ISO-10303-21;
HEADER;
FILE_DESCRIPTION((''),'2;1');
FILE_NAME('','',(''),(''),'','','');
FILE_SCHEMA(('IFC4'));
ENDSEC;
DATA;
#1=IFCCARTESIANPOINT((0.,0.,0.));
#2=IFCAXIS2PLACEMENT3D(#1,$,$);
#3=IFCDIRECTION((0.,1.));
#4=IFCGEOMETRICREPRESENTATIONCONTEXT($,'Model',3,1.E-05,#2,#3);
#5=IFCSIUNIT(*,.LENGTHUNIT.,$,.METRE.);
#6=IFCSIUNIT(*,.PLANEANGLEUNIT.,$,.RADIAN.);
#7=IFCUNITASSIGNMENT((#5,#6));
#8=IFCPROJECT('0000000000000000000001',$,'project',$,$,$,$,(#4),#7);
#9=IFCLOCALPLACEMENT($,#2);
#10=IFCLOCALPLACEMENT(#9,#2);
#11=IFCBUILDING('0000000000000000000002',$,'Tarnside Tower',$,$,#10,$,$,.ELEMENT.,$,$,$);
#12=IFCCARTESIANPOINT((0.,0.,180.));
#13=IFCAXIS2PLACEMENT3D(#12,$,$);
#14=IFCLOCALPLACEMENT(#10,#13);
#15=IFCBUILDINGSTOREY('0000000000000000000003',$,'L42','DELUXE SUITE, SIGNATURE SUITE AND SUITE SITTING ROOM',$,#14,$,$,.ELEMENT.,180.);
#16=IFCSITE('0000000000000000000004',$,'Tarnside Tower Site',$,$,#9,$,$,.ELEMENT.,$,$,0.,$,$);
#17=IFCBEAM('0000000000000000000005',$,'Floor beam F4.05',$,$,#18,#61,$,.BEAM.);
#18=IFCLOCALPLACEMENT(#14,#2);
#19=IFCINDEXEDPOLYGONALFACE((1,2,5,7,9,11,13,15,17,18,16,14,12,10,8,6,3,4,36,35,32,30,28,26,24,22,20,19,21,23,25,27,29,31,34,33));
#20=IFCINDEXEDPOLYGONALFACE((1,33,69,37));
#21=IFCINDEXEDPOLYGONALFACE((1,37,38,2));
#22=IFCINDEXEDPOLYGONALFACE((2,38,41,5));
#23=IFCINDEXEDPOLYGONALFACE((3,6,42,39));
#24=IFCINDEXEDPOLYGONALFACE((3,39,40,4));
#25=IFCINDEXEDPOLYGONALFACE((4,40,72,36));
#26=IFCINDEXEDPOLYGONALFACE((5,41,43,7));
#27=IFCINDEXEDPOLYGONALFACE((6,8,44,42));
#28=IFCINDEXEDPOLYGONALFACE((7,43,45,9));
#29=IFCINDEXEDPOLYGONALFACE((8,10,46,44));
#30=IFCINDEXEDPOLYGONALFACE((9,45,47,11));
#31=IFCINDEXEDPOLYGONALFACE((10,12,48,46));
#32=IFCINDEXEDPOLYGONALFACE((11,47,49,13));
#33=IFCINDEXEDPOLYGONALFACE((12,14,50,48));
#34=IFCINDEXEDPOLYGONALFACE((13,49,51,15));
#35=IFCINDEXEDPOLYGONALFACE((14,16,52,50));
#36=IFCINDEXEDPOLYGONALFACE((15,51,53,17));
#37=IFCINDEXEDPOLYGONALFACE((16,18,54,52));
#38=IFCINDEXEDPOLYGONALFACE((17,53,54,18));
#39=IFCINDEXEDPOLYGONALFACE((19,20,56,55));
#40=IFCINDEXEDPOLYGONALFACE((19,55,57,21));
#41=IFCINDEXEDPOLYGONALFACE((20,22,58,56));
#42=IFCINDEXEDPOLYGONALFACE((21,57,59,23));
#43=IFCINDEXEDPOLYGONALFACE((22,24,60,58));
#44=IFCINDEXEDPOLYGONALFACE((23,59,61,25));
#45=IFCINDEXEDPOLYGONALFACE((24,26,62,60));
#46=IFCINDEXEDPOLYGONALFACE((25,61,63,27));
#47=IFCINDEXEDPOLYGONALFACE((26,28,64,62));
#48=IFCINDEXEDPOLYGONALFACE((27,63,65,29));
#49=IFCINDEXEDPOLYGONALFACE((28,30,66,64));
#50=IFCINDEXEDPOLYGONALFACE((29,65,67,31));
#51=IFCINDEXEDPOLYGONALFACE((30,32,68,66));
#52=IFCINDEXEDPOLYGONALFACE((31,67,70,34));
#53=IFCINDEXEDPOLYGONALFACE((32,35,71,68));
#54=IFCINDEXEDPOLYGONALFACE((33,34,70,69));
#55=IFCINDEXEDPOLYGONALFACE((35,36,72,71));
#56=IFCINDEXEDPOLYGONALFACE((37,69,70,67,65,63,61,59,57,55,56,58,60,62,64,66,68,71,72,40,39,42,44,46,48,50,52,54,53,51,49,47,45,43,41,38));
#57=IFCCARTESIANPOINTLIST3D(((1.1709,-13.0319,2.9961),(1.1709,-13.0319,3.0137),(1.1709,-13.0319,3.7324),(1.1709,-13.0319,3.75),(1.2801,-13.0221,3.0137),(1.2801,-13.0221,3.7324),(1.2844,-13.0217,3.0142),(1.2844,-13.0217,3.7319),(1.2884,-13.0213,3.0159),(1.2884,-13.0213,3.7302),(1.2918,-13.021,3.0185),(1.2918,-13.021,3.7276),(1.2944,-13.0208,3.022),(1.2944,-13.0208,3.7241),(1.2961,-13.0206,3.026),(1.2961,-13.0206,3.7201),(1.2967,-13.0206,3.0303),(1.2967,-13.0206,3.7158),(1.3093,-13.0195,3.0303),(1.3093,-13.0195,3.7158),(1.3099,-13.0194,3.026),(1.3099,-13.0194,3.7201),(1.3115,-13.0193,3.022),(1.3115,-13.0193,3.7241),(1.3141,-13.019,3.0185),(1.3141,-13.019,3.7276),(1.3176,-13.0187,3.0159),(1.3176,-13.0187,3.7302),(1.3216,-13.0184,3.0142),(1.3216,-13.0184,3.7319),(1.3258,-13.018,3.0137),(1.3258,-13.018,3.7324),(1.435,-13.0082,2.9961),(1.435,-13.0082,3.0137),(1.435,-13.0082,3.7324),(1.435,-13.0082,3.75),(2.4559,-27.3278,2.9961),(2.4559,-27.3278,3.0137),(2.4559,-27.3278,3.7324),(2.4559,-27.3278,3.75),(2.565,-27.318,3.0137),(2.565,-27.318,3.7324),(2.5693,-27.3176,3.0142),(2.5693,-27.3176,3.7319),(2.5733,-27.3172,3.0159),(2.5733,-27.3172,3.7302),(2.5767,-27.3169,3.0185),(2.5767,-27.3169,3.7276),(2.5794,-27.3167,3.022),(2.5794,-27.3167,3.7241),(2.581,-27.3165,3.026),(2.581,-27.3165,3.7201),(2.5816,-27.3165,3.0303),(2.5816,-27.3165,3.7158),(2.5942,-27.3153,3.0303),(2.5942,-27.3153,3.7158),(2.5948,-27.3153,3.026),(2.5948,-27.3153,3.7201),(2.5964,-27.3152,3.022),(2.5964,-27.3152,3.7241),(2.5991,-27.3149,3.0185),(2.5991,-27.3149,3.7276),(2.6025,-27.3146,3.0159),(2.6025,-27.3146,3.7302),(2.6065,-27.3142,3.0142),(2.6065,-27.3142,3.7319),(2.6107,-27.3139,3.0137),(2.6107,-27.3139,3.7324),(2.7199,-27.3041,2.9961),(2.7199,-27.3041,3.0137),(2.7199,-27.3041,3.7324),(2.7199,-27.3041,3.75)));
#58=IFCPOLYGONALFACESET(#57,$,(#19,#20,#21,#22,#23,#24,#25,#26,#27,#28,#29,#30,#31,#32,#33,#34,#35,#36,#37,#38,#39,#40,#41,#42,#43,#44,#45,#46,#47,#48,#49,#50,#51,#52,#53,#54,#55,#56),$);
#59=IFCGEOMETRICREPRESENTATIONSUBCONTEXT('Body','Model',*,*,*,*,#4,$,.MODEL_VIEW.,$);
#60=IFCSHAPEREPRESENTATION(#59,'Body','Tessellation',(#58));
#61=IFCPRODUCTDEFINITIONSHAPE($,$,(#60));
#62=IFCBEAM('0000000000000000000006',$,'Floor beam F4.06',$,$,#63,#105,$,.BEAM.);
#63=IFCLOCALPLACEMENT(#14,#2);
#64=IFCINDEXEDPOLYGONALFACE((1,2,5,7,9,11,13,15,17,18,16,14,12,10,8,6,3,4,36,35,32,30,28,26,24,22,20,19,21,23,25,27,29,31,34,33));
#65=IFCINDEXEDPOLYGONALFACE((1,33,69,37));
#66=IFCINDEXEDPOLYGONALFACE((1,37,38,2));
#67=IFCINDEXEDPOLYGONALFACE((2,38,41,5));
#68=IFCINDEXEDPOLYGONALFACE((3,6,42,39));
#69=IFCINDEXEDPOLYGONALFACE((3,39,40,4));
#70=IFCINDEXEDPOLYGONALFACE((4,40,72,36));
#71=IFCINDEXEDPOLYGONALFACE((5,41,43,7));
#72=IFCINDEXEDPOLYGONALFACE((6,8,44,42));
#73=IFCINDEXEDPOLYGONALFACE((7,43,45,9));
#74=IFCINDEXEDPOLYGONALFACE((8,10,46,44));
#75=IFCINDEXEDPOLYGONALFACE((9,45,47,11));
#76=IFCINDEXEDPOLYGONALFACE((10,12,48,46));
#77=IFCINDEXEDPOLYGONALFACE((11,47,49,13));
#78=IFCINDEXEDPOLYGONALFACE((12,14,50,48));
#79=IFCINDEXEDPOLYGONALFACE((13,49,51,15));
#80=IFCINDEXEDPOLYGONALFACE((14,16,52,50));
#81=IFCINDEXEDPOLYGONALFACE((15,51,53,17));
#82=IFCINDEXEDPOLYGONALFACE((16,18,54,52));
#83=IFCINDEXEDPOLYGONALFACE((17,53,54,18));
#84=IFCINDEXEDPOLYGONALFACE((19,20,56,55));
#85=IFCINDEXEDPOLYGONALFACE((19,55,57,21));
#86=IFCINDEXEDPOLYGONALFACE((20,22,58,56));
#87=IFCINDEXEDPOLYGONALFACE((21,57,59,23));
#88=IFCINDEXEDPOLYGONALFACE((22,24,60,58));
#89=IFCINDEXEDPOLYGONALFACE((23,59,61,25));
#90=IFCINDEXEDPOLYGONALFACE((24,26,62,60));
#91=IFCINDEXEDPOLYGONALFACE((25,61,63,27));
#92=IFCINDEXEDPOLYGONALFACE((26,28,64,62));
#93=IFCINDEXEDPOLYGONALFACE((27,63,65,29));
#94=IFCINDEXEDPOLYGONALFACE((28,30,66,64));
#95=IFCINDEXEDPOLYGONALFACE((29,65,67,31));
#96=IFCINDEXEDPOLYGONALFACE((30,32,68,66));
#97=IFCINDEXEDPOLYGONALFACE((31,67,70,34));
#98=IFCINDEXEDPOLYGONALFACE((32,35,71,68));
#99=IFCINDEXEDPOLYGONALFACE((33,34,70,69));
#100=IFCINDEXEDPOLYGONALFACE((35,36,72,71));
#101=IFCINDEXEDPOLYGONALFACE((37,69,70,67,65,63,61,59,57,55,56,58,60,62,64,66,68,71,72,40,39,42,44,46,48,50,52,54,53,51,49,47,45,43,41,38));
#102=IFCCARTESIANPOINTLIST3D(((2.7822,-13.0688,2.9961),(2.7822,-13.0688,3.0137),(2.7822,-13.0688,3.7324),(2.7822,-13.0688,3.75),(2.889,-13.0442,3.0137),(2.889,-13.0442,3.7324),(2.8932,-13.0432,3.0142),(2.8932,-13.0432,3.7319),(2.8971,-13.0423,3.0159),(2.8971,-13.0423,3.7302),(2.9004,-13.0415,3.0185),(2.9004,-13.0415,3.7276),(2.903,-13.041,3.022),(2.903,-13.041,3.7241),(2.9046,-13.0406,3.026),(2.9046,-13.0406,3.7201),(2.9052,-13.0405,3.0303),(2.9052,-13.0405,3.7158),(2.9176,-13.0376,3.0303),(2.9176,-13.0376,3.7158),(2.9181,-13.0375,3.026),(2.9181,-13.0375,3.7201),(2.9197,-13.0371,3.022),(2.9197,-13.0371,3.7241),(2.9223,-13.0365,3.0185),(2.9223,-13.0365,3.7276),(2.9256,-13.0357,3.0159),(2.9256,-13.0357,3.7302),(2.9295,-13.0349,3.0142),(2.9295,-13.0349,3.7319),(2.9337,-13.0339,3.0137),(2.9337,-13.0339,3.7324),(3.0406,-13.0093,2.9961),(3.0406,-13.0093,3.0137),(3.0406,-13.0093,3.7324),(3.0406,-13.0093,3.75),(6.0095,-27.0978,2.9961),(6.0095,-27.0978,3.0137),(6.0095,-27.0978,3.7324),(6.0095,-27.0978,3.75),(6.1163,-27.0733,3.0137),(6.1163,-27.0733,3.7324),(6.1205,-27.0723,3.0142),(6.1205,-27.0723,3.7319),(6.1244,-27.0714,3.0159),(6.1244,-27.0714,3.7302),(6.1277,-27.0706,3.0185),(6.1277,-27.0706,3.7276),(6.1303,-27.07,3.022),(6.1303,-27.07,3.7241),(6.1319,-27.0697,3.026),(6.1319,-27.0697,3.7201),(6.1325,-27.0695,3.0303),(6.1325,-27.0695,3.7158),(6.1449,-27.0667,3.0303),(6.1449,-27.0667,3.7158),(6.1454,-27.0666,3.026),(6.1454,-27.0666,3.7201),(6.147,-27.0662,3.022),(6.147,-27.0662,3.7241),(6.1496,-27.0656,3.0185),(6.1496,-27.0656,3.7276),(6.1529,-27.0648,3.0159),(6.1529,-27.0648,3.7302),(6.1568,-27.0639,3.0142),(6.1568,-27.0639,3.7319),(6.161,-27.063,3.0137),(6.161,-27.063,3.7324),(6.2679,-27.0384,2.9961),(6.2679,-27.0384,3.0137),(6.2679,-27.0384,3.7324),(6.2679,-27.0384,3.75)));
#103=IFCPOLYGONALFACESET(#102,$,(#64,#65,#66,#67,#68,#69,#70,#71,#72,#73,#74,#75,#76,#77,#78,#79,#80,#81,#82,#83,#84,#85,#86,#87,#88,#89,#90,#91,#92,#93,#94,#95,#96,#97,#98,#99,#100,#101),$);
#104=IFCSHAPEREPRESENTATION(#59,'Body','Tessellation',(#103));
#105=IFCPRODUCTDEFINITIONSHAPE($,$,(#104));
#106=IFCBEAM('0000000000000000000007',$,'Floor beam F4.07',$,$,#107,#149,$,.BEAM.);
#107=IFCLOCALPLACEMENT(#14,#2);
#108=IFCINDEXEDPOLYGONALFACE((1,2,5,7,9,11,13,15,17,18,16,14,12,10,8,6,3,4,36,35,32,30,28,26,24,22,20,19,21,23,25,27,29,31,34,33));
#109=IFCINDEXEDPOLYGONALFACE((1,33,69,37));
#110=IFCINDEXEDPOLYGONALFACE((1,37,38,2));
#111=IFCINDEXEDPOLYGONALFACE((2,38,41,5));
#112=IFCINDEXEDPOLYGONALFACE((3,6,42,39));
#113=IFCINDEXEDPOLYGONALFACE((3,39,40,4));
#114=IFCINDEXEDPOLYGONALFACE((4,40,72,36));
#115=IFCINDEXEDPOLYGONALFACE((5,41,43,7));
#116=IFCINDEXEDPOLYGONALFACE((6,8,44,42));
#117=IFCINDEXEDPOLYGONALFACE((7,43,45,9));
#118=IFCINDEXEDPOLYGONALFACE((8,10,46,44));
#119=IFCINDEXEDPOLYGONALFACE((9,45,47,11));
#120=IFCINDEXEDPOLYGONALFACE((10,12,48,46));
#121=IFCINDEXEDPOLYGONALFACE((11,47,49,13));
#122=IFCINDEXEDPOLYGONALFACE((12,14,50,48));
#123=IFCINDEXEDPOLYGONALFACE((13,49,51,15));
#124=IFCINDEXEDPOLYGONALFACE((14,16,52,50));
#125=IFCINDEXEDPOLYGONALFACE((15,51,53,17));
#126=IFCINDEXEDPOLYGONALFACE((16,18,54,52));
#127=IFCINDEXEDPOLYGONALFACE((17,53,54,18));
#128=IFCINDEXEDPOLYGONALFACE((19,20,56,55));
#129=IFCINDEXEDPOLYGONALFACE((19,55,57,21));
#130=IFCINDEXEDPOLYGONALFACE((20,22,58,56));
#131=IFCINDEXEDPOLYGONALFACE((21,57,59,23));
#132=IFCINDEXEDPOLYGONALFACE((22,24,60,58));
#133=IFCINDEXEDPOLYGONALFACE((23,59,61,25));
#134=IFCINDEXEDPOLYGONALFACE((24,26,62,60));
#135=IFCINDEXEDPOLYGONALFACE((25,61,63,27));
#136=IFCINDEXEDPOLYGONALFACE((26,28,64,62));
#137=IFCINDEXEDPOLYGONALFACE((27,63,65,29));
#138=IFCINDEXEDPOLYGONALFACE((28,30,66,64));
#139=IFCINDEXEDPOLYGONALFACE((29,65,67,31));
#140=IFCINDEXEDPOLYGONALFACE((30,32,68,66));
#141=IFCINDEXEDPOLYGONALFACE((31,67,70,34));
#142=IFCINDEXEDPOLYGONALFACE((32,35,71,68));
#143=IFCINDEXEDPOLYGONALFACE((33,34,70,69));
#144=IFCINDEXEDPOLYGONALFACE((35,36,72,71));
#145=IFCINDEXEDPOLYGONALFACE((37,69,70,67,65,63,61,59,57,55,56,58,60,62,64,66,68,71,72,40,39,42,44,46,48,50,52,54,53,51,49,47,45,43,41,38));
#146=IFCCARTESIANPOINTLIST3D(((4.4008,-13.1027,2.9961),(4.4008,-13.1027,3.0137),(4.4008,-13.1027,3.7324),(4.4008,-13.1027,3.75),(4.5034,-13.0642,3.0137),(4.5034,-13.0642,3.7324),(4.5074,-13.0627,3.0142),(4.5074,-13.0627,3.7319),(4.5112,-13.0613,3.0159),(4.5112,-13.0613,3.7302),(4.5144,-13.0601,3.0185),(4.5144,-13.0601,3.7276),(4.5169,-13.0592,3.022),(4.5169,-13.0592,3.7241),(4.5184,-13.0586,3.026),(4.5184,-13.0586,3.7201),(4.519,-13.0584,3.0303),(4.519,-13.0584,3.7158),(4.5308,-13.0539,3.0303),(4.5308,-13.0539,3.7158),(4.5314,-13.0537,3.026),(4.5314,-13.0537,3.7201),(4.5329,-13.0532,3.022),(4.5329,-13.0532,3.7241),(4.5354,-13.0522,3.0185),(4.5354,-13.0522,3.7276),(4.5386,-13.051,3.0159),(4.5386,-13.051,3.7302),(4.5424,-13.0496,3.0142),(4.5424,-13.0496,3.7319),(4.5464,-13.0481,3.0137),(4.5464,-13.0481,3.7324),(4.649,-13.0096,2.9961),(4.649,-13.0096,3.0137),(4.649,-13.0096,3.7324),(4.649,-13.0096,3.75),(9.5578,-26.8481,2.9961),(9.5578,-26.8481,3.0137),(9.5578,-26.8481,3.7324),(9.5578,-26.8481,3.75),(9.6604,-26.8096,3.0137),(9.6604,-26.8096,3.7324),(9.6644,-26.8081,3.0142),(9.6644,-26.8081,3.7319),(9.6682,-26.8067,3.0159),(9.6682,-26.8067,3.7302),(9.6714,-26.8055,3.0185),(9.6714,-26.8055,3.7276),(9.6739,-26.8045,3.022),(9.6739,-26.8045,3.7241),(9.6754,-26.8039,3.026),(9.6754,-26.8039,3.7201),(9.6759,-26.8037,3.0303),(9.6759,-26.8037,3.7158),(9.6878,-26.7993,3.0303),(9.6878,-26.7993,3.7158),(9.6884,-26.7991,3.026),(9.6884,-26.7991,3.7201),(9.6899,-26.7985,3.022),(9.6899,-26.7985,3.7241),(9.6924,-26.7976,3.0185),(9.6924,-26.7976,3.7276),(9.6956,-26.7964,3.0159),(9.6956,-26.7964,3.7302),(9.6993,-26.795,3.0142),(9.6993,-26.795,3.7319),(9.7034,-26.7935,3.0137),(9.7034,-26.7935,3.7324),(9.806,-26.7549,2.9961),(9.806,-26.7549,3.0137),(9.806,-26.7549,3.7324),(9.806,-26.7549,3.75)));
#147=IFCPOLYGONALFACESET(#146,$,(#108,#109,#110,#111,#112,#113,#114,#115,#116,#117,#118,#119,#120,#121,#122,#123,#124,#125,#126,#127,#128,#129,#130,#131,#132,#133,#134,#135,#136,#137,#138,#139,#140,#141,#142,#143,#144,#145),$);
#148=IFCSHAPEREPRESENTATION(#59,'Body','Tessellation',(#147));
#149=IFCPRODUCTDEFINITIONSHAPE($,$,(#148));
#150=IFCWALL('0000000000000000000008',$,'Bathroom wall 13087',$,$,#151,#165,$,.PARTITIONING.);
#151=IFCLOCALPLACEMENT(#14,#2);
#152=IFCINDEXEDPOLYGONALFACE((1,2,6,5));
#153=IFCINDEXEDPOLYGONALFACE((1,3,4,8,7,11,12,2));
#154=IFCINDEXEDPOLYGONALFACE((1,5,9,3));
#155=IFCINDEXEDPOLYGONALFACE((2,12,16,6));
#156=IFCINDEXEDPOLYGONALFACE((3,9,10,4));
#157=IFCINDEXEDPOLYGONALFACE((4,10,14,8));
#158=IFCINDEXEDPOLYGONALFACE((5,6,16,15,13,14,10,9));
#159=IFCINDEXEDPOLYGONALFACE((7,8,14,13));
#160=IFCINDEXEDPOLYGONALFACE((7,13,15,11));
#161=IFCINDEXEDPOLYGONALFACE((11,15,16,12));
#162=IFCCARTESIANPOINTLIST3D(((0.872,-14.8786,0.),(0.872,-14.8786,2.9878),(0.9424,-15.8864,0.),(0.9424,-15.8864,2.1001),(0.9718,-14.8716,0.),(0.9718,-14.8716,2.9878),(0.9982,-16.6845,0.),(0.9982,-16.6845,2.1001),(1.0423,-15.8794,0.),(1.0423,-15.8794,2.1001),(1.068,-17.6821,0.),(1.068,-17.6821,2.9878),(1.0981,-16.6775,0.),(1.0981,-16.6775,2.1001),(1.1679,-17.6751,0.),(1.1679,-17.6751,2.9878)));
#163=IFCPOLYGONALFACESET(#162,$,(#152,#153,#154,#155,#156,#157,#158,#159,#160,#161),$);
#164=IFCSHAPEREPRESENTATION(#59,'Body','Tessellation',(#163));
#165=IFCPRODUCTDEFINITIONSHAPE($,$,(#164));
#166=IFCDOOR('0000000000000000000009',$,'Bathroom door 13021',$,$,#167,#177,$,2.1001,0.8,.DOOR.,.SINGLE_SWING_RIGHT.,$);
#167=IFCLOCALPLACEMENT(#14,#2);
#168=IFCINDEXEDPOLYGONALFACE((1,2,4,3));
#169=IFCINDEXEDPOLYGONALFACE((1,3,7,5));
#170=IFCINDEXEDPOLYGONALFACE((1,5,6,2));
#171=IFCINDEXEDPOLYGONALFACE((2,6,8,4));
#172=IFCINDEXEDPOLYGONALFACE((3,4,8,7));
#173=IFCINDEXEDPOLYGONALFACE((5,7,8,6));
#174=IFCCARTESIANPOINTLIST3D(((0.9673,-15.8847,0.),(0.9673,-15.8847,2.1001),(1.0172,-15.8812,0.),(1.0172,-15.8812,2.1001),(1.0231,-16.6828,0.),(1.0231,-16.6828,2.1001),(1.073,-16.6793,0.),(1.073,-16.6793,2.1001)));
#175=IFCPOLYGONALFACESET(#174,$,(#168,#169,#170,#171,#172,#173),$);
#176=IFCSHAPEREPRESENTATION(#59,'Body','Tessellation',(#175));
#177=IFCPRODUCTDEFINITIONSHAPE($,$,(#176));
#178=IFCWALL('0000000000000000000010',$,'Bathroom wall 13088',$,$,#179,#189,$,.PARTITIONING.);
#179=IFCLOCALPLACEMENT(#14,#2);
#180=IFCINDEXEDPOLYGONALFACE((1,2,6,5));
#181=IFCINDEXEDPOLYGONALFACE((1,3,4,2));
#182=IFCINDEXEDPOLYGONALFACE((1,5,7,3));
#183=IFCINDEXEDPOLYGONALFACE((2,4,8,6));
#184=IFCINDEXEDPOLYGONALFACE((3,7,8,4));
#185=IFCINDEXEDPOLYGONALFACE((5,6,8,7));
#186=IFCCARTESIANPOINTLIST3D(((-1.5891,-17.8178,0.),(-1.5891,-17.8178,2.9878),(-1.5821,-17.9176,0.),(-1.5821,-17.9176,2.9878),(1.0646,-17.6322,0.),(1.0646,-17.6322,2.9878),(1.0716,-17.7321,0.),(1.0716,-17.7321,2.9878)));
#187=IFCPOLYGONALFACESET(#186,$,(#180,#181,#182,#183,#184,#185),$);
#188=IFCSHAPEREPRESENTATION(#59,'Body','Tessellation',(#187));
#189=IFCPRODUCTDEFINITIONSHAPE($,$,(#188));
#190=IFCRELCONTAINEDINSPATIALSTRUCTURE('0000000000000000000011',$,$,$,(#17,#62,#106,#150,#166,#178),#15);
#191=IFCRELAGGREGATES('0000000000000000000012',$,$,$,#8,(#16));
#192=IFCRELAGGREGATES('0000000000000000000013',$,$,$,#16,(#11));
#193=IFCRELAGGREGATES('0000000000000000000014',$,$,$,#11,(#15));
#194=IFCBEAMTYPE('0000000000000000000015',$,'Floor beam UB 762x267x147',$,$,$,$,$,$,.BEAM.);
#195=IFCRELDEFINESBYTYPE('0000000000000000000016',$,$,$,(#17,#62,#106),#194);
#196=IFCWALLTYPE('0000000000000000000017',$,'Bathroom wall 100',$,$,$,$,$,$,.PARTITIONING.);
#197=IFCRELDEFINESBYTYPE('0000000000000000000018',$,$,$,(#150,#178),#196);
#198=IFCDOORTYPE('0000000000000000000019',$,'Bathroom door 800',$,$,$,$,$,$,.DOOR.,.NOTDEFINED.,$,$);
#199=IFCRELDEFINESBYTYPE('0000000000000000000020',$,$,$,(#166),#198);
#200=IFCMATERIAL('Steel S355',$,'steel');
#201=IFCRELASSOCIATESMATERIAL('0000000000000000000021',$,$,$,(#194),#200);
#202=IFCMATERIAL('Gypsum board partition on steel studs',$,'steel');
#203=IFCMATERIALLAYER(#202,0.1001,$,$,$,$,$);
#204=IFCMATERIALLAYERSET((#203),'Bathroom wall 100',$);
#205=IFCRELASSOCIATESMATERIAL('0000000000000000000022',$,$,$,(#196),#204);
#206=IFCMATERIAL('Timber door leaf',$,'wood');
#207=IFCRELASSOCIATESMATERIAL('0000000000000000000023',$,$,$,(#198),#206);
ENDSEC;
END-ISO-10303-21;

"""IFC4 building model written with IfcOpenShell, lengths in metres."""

from ifc_helpers import new_model, si_unit, direction, frame, frame_2d, origin, origin_2d, place, context, subcontext, project, spatial, rectangle, i_section, extrude, material, layer, layer_set, material_profile, profile_set, type_object, element, fill, save


model = new_model("IFC4")

# Units and contexts
model_context = context("Model", 3, precision=1e-05, world=origin(), true_north=direction((0.0, 1.0)))
body_context = subcontext(model_context, "Body", "Model", "MODEL_VIEW")
ifc_project = project(units=[si_unit("LENGTHUNIT", "METRE"), si_unit("PLANEANGLEUNIT", "RADIAN")], contexts=[model_context])

# Site, building, storey
site_placement = place(None, origin())
site = spatial("IfcSite", under=ifc_project, at=site_placement, Name="Tarnside Tower Site", CompositionType="ELEMENT", RefElevation=0.0)
building_placement = place(site_placement, origin())
building = spatial("IfcBuilding", under=site, at=building_placement, Name="Tarnside Tower", CompositionType="ELEMENT")
storey_placement = place(building_placement, frame((0.0, 0.0, 180.0)))
storey = spatial("IfcBuildingStorey", under=building, at=storey_placement, Name="L42", Description="DELUXE SUITE, SIGNATURE SUITE AND SUITE SITTING ROOM", CompositionType="ELEMENT", Elevation=180.0)

# Beams
ifc_material_1 = material(Name="Steel S355", Category="steel")
ifc_material_profile = material_profile(ifc_material_1, i_section(OverallWidth=0.2651, OverallDepth=0.7539, WebThickness=0.0127, FlangeThickness=0.0176, FilletRadius=0.0166, at=origin_2d()), Name="UB 762x267x147")
ifc_profile_set = profile_set([ifc_material_profile], Name="Steel S355")
beam_type = type_object("IfcBeamType", Name="Floor beam UB 762x267x147", PredefinedType="BEAM", material=ifc_profile_set)
beam_1_placement = place(storey_placement, frame((2.5879, -27.3159, 3.373), z_axis=(-0.089519, 0.995985, 0.0), x_axis=(-0.995985, -0.089519, 0.0)))
element("IfcBeam", 1, at=beam_1_placement, inside=storey, type_object=beam_type, Name="Floor beam F4.05", PredefinedType="BEAM", context=body_context, shape_type="SweptSolid", body=[
    extrude(i_section(OverallWidth=0.2651, OverallDepth=0.7539, WebThickness=0.0127, FlangeThickness=0.0176, FilletRadius=0.0166, at=origin_2d()), origin(), (0.0, 0.0, 1.0), 14.3535),
])
beam_2_placement = place(storey_placement, frame((6.1387, -27.0681, 3.373), z_axis=(-0.224188, 0.974546, 0.0), x_axis=(-0.974546, -0.224188, 0.0)))
element("IfcBeam", 2, at=beam_2_placement, inside=storey, type_object=beam_type, Name="Floor beam F4.06", PredefinedType="BEAM", context=body_context, shape_type="SweptSolid", body=[
    extrude(i_section(OverallWidth=0.2651, OverallDepth=0.7539, WebThickness=0.0127, FlangeThickness=0.0176, FilletRadius=0.0166, at=origin_2d()), origin(), (0.0, 0.0, 1.0), 14.3955),
])
beam_3_placement = place(storey_placement, frame((9.6819, -26.8015, 3.373), z_axis=(-0.351271, 0.936274, 0.0), x_axis=(-0.936274, -0.351271, 0.0)))
element("IfcBeam", 3, at=beam_3_placement, inside=storey, type_object=beam_type, Name="Floor beam F4.07", PredefinedType="BEAM", context=body_context, shape_type="SweptSolid", body=[
    extrude(i_section(OverallWidth=0.2651, OverallDepth=0.7539, WebThickness=0.0127, FlangeThickness=0.0176, FilletRadius=0.0166, at=origin_2d()), origin(), (0.0, 0.0, 1.0), 14.6809),
])

# Wall, opening, door
ifc_material_2 = material(Name="Gypsum board partition on steel studs", Category="steel")
ifc_layer_1 = layer(ifc_material_2, 0.1001)
ifc_layer_set_1 = layer_set([ifc_layer_1], Name="Bathroom wall 100")
wall_type_1 = type_object("IfcWallType", Name="Bathroom wall 100", PredefinedType="PARTITIONING", material=ifc_layer_set_1)
wall_1_placement = place(storey_placement, frame((0.9219, -14.875, 0.0), z_axis=(0.0, 0.0, 1.0), x_axis=(0.069759, -0.997564, 0.0)))
wall_1 = element("IfcWall", 4, at=wall_1_placement, inside=storey, type_object=wall_type_1, Name="Bathroom wall 13087", PredefinedType="PARTITIONING", context=body_context, shape_type="SweptSolid", body=[
    extrude(rectangle(XDim=2.8103, YDim=0.1001, at=frame_2d((1.4053, 0.0))), origin(), (0.0, 0.0, 1.0), 2.9878),
])
opening_1_placement = place(wall_1_placement, frame((1.0105, 0.0, 0.0)))
opening_1 = element("IfcOpeningElement", 5, at=opening_1_placement, cuts=wall_1, PredefinedType="OPENING", context=body_context, shape_type="SweptSolid", body=[
    extrude(rectangle(XDim=0.8, YDim=2.1001, at=frame_2d((0.3999, 1.05))), frame((0.0, 0.0601, 0.0), z_axis=(0.0, -1.0, 0.0), x_axis=(1.0, 0.0, 0.0)), (0.0, 0.0, 1.0), 0.1201),
])
ifc_material_3 = material(Name="Timber door leaf", Category="wood")
door_type_1 = type_object("IfcDoorType", Name="Bathroom door 800", OperationType="NOTDEFINED", PredefinedType="DOOR", material=ifc_material_3)
door_1_placement = place(opening_1_placement, origin())
door_1 = element("IfcDoor", 6, at=door_1_placement, inside=storey, type_object=door_type_1, Name="Bathroom door 13021", OperationType="SINGLE_SWING_RIGHT", OverallHeight=2.1001, OverallWidth=0.8, PredefinedType="DOOR", context=body_context, shape_type="SweptSolid", body=[
    extrude(rectangle(XDim=0.8, YDim=2.1001, at=frame_2d((0.3999, 1.05))), frame((0.0, 0.0249, 0.0), z_axis=(0.0, -1.0, 0.0), x_axis=(1.0, 0.0, 0.0)), (0.0, 0.0, 1.0), 0.05),
])
fill(opening_1, door_1)

# Wall
wall_2_placement = place(storey_placement, frame((1.0681, -17.6821, 0.0), z_axis=(0.0, 0.0, 1.0), x_axis=(-0.997564, -0.069753, 0.0)))
element("IfcWall", 7, at=wall_2_placement, inside=storey, type_object=wall_type_1, Name="Bathroom wall 13088", PredefinedType="PARTITIONING", context=body_context, shape_type="SweptSolid", body=[
    extrude(rectangle(XDim=2.6602, YDim=0.1001, at=frame_2d((1.3301, 0.0))), origin(), (0.0, 0.0, 1.0), 2.9878),
])

save(model, "model.ifc")
